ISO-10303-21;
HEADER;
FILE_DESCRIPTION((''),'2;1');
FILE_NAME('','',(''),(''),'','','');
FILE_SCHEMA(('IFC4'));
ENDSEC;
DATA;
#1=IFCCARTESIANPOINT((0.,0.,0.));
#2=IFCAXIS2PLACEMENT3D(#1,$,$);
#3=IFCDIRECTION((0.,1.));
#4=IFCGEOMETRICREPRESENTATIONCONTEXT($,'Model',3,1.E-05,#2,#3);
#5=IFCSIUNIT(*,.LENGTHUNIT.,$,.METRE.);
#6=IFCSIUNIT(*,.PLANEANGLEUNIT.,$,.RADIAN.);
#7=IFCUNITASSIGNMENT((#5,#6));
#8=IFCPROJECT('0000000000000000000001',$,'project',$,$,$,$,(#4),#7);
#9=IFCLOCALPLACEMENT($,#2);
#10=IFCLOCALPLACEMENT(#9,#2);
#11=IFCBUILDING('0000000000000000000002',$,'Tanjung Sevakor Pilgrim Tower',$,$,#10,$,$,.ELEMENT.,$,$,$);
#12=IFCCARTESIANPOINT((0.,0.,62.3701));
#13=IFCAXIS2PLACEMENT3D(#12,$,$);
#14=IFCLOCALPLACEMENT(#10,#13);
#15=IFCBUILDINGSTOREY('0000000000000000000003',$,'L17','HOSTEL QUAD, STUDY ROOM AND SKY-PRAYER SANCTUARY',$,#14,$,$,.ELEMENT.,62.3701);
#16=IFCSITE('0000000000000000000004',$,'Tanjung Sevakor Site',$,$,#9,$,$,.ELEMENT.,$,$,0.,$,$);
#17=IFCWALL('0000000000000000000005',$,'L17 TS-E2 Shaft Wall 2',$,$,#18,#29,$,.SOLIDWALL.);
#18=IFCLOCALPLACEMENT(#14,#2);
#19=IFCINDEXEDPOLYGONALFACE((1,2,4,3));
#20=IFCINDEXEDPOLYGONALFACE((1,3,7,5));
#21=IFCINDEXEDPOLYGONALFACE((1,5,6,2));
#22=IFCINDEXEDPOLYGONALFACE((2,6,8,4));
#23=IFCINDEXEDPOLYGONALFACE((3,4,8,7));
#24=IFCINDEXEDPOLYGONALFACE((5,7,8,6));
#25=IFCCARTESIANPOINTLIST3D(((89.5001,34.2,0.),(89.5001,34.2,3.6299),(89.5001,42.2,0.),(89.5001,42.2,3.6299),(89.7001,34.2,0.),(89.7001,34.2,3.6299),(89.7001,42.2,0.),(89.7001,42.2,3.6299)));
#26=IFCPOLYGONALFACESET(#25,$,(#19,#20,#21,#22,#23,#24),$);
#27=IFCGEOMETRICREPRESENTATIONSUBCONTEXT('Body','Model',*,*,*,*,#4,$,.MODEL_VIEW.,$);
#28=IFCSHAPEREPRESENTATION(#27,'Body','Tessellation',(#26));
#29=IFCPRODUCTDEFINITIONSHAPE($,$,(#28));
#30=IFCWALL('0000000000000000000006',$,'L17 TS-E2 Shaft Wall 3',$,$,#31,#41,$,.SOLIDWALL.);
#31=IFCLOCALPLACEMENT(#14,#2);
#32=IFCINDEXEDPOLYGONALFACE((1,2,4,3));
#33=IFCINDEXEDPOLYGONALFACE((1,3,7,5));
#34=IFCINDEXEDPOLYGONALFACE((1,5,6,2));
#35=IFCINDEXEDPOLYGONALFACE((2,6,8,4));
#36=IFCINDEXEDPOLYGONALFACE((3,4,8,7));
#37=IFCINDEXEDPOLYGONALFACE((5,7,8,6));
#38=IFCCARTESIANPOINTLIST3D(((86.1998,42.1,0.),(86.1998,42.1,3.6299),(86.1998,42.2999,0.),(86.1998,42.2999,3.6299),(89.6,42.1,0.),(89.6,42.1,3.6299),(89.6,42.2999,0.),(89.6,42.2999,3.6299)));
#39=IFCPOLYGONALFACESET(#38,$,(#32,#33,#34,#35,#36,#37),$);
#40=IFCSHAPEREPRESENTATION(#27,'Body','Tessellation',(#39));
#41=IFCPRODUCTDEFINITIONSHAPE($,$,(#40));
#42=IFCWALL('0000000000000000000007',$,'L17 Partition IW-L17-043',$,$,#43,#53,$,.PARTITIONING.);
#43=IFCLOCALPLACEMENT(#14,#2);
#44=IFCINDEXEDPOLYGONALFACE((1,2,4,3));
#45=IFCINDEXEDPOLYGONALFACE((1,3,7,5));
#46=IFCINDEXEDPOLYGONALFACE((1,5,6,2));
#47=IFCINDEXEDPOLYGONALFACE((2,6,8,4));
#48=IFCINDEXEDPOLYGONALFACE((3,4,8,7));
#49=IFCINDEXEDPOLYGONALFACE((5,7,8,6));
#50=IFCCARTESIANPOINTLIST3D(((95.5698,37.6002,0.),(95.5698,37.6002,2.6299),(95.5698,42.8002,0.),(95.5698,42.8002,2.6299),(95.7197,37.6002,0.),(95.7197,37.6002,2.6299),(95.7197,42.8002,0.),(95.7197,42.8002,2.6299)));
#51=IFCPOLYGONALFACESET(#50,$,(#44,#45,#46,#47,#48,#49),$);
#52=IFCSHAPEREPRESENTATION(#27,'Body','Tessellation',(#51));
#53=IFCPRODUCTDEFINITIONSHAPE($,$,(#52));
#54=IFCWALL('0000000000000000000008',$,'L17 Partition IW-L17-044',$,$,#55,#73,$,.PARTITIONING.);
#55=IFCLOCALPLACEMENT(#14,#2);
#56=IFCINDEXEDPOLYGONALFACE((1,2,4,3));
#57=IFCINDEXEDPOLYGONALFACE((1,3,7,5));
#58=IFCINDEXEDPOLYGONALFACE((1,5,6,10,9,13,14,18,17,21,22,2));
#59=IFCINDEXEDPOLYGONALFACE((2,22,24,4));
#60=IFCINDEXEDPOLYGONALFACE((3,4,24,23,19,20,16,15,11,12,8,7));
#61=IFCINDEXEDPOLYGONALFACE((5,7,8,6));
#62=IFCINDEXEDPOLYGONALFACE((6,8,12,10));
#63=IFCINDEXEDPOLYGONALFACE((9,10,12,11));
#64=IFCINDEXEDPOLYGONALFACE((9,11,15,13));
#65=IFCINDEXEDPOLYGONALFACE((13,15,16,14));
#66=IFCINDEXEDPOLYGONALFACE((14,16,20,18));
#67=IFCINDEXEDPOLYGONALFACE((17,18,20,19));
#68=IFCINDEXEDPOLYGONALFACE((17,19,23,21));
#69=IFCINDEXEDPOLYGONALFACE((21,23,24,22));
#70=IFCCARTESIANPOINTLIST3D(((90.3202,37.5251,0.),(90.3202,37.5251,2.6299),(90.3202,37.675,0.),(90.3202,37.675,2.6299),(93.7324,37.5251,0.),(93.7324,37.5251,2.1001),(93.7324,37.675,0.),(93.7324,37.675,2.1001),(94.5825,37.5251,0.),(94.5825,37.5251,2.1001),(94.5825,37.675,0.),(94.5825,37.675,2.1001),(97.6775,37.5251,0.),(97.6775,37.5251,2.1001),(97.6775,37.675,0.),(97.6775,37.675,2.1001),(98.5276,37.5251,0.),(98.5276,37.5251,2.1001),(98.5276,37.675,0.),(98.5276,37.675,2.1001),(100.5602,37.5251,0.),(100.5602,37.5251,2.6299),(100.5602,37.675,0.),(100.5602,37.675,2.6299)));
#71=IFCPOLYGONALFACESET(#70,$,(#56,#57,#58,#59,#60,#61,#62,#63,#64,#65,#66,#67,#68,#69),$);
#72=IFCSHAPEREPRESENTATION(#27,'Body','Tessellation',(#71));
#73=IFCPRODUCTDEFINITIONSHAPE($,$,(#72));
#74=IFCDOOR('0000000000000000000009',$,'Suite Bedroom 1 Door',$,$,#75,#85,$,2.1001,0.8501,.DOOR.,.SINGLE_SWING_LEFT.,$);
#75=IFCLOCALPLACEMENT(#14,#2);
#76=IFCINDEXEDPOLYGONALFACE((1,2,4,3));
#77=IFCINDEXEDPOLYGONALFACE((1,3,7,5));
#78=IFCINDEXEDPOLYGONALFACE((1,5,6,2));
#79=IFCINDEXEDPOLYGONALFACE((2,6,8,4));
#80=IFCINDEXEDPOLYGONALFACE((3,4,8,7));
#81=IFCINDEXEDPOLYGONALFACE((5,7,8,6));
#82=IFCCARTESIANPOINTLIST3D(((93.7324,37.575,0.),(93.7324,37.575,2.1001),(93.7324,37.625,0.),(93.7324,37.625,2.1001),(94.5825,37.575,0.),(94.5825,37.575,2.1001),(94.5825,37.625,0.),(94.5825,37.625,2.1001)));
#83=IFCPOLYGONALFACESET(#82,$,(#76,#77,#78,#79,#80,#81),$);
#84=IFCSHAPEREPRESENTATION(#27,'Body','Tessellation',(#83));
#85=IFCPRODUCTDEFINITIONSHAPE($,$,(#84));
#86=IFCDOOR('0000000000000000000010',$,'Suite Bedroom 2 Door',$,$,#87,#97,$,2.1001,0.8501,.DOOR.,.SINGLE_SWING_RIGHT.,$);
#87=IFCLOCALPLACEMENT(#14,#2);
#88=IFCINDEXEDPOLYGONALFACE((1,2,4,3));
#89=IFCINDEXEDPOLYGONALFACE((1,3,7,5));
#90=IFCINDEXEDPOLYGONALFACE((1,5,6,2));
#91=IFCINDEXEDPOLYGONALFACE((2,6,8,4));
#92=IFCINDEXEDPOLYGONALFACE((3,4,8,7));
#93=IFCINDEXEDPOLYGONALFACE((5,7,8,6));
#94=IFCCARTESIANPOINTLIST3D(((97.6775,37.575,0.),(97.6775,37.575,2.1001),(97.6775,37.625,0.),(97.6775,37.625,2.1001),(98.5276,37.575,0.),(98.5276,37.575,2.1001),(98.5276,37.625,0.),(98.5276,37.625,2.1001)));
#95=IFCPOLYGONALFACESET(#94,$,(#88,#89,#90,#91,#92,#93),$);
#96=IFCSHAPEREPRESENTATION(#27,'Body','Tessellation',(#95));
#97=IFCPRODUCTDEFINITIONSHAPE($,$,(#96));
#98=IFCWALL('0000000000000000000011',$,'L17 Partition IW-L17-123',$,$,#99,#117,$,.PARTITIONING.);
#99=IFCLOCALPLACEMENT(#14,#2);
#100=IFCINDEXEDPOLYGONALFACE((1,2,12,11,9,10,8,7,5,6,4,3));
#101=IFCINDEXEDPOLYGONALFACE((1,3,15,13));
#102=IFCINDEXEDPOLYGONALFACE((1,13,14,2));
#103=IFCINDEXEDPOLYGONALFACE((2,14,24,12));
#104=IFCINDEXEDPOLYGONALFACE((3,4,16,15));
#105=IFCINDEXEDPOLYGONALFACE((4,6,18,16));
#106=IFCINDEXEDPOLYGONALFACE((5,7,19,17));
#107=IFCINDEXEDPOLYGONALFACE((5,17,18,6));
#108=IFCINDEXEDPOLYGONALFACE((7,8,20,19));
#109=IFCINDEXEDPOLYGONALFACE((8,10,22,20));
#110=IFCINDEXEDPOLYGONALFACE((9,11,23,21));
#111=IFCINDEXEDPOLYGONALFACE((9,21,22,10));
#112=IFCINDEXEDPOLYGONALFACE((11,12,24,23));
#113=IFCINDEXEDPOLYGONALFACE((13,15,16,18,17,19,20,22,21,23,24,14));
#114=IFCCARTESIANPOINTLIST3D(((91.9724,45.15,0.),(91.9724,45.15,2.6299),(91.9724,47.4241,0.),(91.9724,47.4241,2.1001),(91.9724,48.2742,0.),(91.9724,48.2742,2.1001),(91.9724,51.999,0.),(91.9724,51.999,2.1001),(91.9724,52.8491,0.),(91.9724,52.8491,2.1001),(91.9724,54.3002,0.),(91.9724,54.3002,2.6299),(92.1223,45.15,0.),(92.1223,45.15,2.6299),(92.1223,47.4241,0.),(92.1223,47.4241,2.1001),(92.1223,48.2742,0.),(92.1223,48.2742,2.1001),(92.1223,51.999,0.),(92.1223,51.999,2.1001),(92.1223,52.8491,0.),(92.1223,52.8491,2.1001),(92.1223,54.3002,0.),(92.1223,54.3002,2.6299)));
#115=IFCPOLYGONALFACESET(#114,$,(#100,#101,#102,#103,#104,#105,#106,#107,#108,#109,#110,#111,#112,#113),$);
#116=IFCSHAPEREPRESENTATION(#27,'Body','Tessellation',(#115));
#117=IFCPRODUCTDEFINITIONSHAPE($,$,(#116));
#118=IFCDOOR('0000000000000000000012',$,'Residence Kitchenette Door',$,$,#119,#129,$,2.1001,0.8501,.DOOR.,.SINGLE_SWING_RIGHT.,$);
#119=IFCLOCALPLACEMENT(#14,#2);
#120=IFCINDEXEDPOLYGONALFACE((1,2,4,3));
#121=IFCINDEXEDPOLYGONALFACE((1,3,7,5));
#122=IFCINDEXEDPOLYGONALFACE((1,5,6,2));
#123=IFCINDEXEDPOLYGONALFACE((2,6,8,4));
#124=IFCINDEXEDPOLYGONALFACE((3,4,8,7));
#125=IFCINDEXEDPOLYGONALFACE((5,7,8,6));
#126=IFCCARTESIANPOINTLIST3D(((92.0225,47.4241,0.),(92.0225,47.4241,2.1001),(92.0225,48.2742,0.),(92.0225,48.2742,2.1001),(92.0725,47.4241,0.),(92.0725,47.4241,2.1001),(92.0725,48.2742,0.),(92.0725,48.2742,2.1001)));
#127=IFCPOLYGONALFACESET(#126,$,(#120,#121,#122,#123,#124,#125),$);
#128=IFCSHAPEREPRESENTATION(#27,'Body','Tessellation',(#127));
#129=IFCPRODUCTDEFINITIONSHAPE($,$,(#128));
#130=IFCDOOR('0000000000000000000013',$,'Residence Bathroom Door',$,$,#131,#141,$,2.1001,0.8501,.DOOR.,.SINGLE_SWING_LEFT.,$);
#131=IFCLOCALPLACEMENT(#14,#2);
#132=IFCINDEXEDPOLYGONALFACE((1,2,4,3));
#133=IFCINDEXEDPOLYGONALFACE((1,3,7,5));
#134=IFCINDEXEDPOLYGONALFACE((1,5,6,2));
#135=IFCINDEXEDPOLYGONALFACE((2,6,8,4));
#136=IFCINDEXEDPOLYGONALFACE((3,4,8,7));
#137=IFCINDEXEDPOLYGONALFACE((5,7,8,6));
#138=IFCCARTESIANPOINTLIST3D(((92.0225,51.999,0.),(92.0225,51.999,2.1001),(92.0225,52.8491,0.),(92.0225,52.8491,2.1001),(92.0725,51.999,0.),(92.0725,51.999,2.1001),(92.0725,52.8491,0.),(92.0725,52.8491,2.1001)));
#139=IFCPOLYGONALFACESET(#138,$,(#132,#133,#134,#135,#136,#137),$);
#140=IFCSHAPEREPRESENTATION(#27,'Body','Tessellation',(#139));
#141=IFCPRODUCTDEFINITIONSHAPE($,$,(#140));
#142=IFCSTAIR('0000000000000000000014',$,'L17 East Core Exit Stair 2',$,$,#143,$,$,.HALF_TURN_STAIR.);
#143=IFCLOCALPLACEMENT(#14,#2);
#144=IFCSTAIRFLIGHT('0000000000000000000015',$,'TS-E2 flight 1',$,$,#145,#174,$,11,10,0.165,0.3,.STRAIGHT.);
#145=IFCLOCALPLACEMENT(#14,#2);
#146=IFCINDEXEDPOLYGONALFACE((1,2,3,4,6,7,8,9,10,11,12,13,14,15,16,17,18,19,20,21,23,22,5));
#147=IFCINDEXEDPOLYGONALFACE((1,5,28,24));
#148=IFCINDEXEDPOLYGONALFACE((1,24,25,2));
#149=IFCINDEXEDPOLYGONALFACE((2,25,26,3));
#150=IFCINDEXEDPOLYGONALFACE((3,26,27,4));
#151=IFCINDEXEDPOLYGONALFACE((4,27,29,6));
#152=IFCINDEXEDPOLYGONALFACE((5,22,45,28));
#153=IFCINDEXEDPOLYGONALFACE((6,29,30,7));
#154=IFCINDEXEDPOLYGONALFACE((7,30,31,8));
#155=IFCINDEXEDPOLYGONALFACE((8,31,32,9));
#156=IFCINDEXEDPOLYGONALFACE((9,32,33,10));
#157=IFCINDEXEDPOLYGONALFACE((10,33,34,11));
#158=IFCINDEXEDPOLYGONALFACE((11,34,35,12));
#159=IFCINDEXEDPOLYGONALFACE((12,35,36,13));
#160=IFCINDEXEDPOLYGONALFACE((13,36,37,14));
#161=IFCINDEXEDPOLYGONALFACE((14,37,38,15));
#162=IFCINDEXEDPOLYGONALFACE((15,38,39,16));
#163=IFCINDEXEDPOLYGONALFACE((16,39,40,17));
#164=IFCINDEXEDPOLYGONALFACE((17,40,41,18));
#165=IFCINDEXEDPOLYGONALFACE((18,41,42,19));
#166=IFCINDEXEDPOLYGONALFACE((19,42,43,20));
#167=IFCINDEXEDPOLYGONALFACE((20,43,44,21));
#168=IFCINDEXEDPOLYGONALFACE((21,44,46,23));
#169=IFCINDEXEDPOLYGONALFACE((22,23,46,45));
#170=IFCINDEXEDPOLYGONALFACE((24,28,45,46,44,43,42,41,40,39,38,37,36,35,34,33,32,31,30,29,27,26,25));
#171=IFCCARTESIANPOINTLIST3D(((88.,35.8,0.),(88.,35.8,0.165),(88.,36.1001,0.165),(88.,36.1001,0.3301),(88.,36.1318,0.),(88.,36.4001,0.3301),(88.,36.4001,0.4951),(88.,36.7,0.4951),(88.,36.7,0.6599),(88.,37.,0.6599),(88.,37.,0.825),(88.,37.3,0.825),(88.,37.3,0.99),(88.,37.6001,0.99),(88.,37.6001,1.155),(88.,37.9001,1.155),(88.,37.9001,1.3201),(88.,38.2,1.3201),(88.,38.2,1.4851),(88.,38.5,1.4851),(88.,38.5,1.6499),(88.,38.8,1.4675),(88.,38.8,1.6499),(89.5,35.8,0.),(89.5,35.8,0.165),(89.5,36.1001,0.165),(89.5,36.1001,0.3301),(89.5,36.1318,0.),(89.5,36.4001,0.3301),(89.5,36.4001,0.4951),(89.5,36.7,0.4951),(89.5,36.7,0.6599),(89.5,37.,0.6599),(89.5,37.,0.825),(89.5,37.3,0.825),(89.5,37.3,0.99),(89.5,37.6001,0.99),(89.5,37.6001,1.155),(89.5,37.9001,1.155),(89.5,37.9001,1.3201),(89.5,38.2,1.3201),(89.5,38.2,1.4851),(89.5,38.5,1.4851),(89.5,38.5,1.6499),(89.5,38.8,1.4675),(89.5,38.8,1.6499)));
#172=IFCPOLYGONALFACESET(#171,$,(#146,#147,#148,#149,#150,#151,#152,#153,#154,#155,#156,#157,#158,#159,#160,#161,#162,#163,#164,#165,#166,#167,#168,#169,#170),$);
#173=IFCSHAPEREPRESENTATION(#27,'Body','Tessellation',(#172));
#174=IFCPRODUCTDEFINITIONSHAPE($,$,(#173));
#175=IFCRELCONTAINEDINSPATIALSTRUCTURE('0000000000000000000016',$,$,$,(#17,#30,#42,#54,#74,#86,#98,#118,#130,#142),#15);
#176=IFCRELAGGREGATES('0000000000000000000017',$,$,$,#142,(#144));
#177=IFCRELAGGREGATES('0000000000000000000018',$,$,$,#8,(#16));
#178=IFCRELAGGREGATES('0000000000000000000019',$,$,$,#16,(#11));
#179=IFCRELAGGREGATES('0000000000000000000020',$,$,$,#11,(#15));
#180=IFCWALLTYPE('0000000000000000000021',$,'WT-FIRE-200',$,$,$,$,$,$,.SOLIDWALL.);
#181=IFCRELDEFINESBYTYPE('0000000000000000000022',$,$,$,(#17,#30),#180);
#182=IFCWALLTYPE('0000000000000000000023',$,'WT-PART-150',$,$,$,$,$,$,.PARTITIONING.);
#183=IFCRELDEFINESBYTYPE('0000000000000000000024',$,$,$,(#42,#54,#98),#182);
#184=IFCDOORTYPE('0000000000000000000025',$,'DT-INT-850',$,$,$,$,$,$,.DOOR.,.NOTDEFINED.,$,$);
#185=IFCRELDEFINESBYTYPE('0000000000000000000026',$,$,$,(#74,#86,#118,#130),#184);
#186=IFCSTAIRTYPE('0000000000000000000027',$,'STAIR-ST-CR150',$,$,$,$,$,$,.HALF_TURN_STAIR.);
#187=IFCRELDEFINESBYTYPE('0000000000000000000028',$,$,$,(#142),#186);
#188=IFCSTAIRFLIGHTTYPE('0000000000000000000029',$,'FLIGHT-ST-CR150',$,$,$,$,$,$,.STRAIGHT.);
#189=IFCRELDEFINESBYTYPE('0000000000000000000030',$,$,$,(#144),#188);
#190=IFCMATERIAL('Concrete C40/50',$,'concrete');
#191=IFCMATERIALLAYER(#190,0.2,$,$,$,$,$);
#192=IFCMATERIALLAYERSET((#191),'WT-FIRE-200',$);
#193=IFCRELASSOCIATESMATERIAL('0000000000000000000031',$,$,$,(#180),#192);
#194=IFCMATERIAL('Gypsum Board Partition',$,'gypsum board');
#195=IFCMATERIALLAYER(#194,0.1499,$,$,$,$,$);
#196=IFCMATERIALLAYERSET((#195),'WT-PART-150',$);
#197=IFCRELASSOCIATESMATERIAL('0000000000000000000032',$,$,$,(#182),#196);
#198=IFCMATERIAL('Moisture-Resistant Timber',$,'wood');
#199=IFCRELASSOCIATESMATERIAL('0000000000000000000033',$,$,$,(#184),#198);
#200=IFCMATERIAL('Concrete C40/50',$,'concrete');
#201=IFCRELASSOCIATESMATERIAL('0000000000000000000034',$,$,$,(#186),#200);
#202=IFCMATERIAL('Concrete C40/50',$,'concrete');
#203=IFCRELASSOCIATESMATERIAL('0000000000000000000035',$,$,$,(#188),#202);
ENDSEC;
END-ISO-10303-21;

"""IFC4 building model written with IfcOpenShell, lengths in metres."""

from ifc_helpers import new_model, si_unit, direction, frame, frame_2d, origin, place, context, subcontext, project, spatial, polyline, rectangle, outline, extrude, material, layer, layer_set, type_object, element, fill, aggregate, save


model = new_model("IFC4")

# Units and contexts
model_context = context("Model", 3, precision=1e-05, world=origin(), true_north=direction((0.0, 1.0)))
body_context = subcontext(model_context, "Body", "Model", "MODEL_VIEW")
ifc_project = project(units=[si_unit("LENGTHUNIT", "METRE"), si_unit("PLANEANGLEUNIT", "RADIAN")], contexts=[model_context])

# Site, building, storey
site_placement = place(None, origin())
site = spatial("IfcSite", under=ifc_project, at=site_placement, Name="Tanjung Sevakor Site", CompositionType="ELEMENT", RefElevation=0.0)
building_placement = place(site_placement, origin())
building = spatial("IfcBuilding", under=site, at=building_placement, Name="Tanjung Sevakor Pilgrim Tower", CompositionType="ELEMENT")
storey_placement = place(building_placement, frame((0.0, 0.0, 62.3701)))
storey = spatial("IfcBuildingStorey", under=building, at=storey_placement, Name="L17", Description="HOSTEL QUAD, STUDY ROOM AND SKY-PRAYER SANCTUARY", CompositionType="ELEMENT", Elevation=62.3701)

# Walls
ifc_material_1 = material(Name="Concrete C40/50", Category="concrete")
ifc_layer_1 = layer(ifc_material_1, 0.2)
ifc_layer_set_1 = layer_set([ifc_layer_1], Name="WT-FIRE-200")
wall_type_1 = type_object("IfcWallType", Name="WT-FIRE-200", PredefinedType="SOLIDWALL", material=ifc_layer_set_1)
wall_1_placement = place(storey_placement, frame((89.6001, 34.2, 0.0), z_axis=(0.0, 0.0, 1.0), x_axis=(0.0, 1.0, 0.0)))
element("IfcWall", 1, at=wall_1_placement, inside=storey, type_object=wall_type_1, Name="L17 TS-E2 Shaft Wall 2", PredefinedType="SOLIDWALL", context=body_context, shape_type="SweptSolid", body=[
    extrude(rectangle(XDim=8.0, YDim=0.2, at=frame_2d((4.0, 0.0))), origin(), (0.0, 0.0, 1.0), 3.6299),
])
wall_2_placement = place(storey_placement, frame((89.6001, 42.2, 0.0), z_axis=(0.0, 0.0, 1.0), x_axis=(-1.0, 0.0, 0.0)))
element("IfcWall", 2, at=wall_2_placement, inside=storey, type_object=wall_type_1, Name="L17 TS-E2 Shaft Wall 3", PredefinedType="SOLIDWALL", context=body_context, shape_type="SweptSolid", body=[
    extrude(rectangle(XDim=3.4001, YDim=0.2, at=frame_2d((1.7002, 0.0))), origin(), (0.0, 0.0, 1.0), 3.6299),
])
ifc_material_2 = material(Name="Gypsum Board Partition", Category="gypsum board")
ifc_layer_2 = layer(ifc_material_2, 0.1499)
ifc_layer_set_2 = layer_set([ifc_layer_2], Name="WT-PART-150")
wall_type_2 = type_object("IfcWallType", Name="WT-PART-150", PredefinedType="PARTITIONING", material=ifc_layer_set_2)
wall_3_placement = place(storey_placement, frame((95.6448, 37.6001, 0.0), z_axis=(0.0, 0.0, 1.0), x_axis=(0.0, 1.0, 0.0)))
element("IfcWall", 3, at=wall_3_placement, inside=storey, type_object=wall_type_2, Name="L17 Partition IW-L17-043", PredefinedType="PARTITIONING", context=body_context, shape_type="SweptSolid", body=[
    extrude(rectangle(XDim=5.2, YDim=0.1499, at=frame_2d((2.6001, 0.0))), origin(), (0.0, 0.0, 1.0), 2.6299),
])

# Walls, openings, doors
wall_4_placement = place(storey_placement, frame((90.3201, 37.6001, 0.0), z_axis=(0.0, 0.0, 1.0), x_axis=(1.0, 0.0, 0.0)))
wall_4 = element("IfcWall", 4, at=wall_4_placement, inside=storey, type_object=wall_type_2, Name="L17 Partition IW-L17-044", PredefinedType="PARTITIONING", context=body_context, shape_type="SweptSolid", body=[
    extrude(rectangle(XDim=10.24, YDim=0.1499, at=frame_2d((5.1201, 0.0))), origin(), (0.0, 0.0, 1.0), 2.6299),
])
opening_1_placement = place(wall_4_placement, frame((3.4124, 0.0, 0.0)))
opening_1 = element("IfcOpeningElement", 5, at=opening_1_placement, cuts=wall_4, PredefinedType="OPENING", context=body_context, shape_type="SweptSolid", body=[
    extrude(rectangle(XDim=0.8501, YDim=2.1001, at=frame_2d((0.425, 1.05))), frame((0.0, 0.085, 0.0), z_axis=(0.0, -1.0, 0.0), x_axis=(1.0, 0.0, 0.0)), (0.0, 0.0, 1.0), 0.1699),
])
opening_2_placement = place(wall_4_placement, frame((7.3574, 0.0, 0.0)))
opening_2 = element("IfcOpeningElement", 6, at=opening_2_placement, cuts=wall_4, PredefinedType="OPENING", context=body_context, shape_type="SweptSolid", body=[
    extrude(rectangle(XDim=0.8501, YDim=2.1001, at=frame_2d((0.425, 1.05))), frame((0.0, 0.085, 0.0), z_axis=(0.0, -1.0, 0.0), x_axis=(1.0, 0.0, 0.0)), (0.0, 0.0, 1.0), 0.1699),
])
ifc_material_3 = material(Name="Moisture-Resistant Timber", Category="wood")
door_type_1 = type_object("IfcDoorType", Name="DT-INT-850", OperationType="NOTDEFINED", PredefinedType="DOOR", material=ifc_material_3)
door_1_placement = place(opening_1_placement, origin())
door_1 = element("IfcDoor", 7, at=door_1_placement, inside=storey, type_object=door_type_1, Name="Suite Bedroom 1 Door", OperationType="SINGLE_SWING_LEFT", OverallHeight=2.1001, OverallWidth=0.8501, PredefinedType="DOOR", context=body_context, shape_type="SweptSolid", body=[
    extrude(rectangle(XDim=0.8501, YDim=2.1001, at=frame_2d((0.425, 1.05))), frame((0.0, 0.0249, 0.0), z_axis=(0.0, -1.0, 0.0), x_axis=(1.0, 0.0, 0.0)), (0.0, 0.0, 1.0), 0.05),
])
fill(opening_1, door_1)
door_2_placement = place(opening_2_placement, origin())
door_2 = element("IfcDoor", 8, at=door_2_placement, inside=storey, type_object=door_type_1, Name="Suite Bedroom 2 Door", OperationType="SINGLE_SWING_RIGHT", OverallHeight=2.1001, OverallWidth=0.8501, PredefinedType="DOOR", context=body_context, shape_type="SweptSolid", body=[
    extrude(rectangle(XDim=0.8501, YDim=2.1001, at=frame_2d((0.425, 1.05))), frame((0.0, 0.0249, 0.0), z_axis=(0.0, -1.0, 0.0), x_axis=(1.0, 0.0, 0.0)), (0.0, 0.0, 1.0), 0.05),
])
fill(opening_2, door_2)
wall_5_placement = place(storey_placement, frame((92.0474, 45.1499, 0.0), z_axis=(0.0, 0.0, 1.0), x_axis=(0.0, 1.0, 0.0)))
wall_5 = element("IfcWall", 9, at=wall_5_placement, inside=storey, type_object=wall_type_2, Name="L17 Partition IW-L17-123", PredefinedType="PARTITIONING", context=body_context, shape_type="SweptSolid", body=[
    extrude(rectangle(XDim=9.1501, YDim=0.1499, at=frame_2d((4.5752, 0.0))), origin(), (0.0, 0.0, 1.0), 2.6299),
])
opening_3_placement = place(wall_5_placement, frame((2.2742, 0.0, 0.0)))
opening_3 = element("IfcOpeningElement", 10, at=opening_3_placement, cuts=wall_5, PredefinedType="OPENING", context=body_context, shape_type="SweptSolid", body=[
    extrude(rectangle(XDim=0.8501, YDim=2.1001, at=frame_2d((0.425, 1.05))), frame((0.0, 0.085, 0.0), z_axis=(0.0, -1.0, 0.0), x_axis=(1.0, 0.0, 0.0)), (0.0, 0.0, 1.0), 0.1699),
])
opening_4_placement = place(wall_5_placement, frame((6.8491, 0.0, 0.0)))
opening_4 = element("IfcOpeningElement", 11, at=opening_4_placement, cuts=wall_5, PredefinedType="OPENING", context=body_context, shape_type="SweptSolid", body=[
    extrude(rectangle(XDim=0.8501, YDim=2.1001, at=frame_2d((0.425, 1.05))), frame((0.0, 0.085, 0.0), z_axis=(0.0, -1.0, 0.0), x_axis=(1.0, 0.0, 0.0)), (0.0, 0.0, 1.0), 0.1699),
])
door_3_placement = place(opening_3_placement, origin())
door_3 = element("IfcDoor", 12, at=door_3_placement, inside=storey, type_object=door_type_1, Name="Residence Kitchenette Door", OperationType="SINGLE_SWING_RIGHT", OverallHeight=2.1001, OverallWidth=0.8501, PredefinedType="DOOR", context=body_context, shape_type="SweptSolid", body=[
    extrude(rectangle(XDim=0.8501, YDim=2.1001, at=frame_2d((0.425, 1.05))), frame((0.0, 0.0249, 0.0), z_axis=(0.0, -1.0, 0.0), x_axis=(1.0, 0.0, 0.0)), (0.0, 0.0, 1.0), 0.05),
])
fill(opening_3, door_3)
door_4_placement = place(opening_4_placement, origin())
door_4 = element("IfcDoor", 13, at=door_4_placement, inside=storey, type_object=door_type_1, Name="Residence Bathroom Door", OperationType="SINGLE_SWING_LEFT", OverallHeight=2.1001, OverallWidth=0.8501, PredefinedType="DOOR", context=body_context, shape_type="SweptSolid", body=[
    extrude(rectangle(XDim=0.8501, YDim=2.1001, at=frame_2d((0.425, 1.05))), frame((0.0, 0.0249, 0.0), z_axis=(0.0, -1.0, 0.0), x_axis=(1.0, 0.0, 0.0)), (0.0, 0.0, 1.0), 0.05),
])
fill(opening_4, door_4)

# Stair, stair flight
ifc_material_4 = material(Name="Concrete C40/50", Category="concrete")
stair_type = type_object("IfcStairType", Name="STAIR-ST-CR150", PredefinedType="HALF_TURN_STAIR", material=ifc_material_4)
stair_placement = place(storey_placement, origin())
stair = element("IfcStair", 14, at=stair_placement, inside=storey, type_object=stair_type, Name="L17 East Core Exit Stair 2", PredefinedType="HALF_TURN_STAIR")
ifc_material_5 = material(Name="Concrete C40/50", Category="concrete")
stair_flight_type = type_object("IfcStairFlightType", Name="FLIGHT-ST-CR150", PredefinedType="STRAIGHT", material=ifc_material_5)
stair_flight_placement = place(storey_placement, frame((88.75, 35.8, 0.0), z_axis=(0.0, 0.0, 1.0), x_axis=(0.0, 1.0, 0.0)))
stair_flight = element("IfcStairFlight", 15, at=stair_flight_placement, type_object=stair_flight_type, Name="TS-E2 flight 1", NumberOfRisers=11, NumberOfTreads=10, PredefinedType="STRAIGHT", RiserHeight=0.165, TreadLength=0.3, context=body_context, shape_type="SweptSolid", body=[
    extrude(outline(polyline([(0.0, 0.0), (0.0, 0.165), (0.3, 0.165), (0.3, 0.3301), (0.6001, 0.3301), (0.6001, 0.4951), (0.8999, 0.4951), (0.8999, 0.6599), (1.2, 0.6599), (1.2, 0.825), (1.5, 0.825), (1.5, 0.99), (1.8, 0.99), (1.8, 1.155), (2.1001, 1.155), (2.1001, 1.3201), (2.3999, 1.3201), (2.3999, 1.4851), (2.7, 1.4851), (2.7, 1.6499), (3.0, 1.6499), (3.0, 1.8149), (3.0, 1.4675), (0.3318, 0.0), (0.0, 0.0)])), frame((0.0, 0.75, 0.0), z_axis=(0.0, -1.0, 0.0), x_axis=(1.0, 0.0, 0.0)), (0.0, 0.0, 1.0), 1.5),
])
aggregate(stair, [stair_flight])

save(model, "model.ifc")
